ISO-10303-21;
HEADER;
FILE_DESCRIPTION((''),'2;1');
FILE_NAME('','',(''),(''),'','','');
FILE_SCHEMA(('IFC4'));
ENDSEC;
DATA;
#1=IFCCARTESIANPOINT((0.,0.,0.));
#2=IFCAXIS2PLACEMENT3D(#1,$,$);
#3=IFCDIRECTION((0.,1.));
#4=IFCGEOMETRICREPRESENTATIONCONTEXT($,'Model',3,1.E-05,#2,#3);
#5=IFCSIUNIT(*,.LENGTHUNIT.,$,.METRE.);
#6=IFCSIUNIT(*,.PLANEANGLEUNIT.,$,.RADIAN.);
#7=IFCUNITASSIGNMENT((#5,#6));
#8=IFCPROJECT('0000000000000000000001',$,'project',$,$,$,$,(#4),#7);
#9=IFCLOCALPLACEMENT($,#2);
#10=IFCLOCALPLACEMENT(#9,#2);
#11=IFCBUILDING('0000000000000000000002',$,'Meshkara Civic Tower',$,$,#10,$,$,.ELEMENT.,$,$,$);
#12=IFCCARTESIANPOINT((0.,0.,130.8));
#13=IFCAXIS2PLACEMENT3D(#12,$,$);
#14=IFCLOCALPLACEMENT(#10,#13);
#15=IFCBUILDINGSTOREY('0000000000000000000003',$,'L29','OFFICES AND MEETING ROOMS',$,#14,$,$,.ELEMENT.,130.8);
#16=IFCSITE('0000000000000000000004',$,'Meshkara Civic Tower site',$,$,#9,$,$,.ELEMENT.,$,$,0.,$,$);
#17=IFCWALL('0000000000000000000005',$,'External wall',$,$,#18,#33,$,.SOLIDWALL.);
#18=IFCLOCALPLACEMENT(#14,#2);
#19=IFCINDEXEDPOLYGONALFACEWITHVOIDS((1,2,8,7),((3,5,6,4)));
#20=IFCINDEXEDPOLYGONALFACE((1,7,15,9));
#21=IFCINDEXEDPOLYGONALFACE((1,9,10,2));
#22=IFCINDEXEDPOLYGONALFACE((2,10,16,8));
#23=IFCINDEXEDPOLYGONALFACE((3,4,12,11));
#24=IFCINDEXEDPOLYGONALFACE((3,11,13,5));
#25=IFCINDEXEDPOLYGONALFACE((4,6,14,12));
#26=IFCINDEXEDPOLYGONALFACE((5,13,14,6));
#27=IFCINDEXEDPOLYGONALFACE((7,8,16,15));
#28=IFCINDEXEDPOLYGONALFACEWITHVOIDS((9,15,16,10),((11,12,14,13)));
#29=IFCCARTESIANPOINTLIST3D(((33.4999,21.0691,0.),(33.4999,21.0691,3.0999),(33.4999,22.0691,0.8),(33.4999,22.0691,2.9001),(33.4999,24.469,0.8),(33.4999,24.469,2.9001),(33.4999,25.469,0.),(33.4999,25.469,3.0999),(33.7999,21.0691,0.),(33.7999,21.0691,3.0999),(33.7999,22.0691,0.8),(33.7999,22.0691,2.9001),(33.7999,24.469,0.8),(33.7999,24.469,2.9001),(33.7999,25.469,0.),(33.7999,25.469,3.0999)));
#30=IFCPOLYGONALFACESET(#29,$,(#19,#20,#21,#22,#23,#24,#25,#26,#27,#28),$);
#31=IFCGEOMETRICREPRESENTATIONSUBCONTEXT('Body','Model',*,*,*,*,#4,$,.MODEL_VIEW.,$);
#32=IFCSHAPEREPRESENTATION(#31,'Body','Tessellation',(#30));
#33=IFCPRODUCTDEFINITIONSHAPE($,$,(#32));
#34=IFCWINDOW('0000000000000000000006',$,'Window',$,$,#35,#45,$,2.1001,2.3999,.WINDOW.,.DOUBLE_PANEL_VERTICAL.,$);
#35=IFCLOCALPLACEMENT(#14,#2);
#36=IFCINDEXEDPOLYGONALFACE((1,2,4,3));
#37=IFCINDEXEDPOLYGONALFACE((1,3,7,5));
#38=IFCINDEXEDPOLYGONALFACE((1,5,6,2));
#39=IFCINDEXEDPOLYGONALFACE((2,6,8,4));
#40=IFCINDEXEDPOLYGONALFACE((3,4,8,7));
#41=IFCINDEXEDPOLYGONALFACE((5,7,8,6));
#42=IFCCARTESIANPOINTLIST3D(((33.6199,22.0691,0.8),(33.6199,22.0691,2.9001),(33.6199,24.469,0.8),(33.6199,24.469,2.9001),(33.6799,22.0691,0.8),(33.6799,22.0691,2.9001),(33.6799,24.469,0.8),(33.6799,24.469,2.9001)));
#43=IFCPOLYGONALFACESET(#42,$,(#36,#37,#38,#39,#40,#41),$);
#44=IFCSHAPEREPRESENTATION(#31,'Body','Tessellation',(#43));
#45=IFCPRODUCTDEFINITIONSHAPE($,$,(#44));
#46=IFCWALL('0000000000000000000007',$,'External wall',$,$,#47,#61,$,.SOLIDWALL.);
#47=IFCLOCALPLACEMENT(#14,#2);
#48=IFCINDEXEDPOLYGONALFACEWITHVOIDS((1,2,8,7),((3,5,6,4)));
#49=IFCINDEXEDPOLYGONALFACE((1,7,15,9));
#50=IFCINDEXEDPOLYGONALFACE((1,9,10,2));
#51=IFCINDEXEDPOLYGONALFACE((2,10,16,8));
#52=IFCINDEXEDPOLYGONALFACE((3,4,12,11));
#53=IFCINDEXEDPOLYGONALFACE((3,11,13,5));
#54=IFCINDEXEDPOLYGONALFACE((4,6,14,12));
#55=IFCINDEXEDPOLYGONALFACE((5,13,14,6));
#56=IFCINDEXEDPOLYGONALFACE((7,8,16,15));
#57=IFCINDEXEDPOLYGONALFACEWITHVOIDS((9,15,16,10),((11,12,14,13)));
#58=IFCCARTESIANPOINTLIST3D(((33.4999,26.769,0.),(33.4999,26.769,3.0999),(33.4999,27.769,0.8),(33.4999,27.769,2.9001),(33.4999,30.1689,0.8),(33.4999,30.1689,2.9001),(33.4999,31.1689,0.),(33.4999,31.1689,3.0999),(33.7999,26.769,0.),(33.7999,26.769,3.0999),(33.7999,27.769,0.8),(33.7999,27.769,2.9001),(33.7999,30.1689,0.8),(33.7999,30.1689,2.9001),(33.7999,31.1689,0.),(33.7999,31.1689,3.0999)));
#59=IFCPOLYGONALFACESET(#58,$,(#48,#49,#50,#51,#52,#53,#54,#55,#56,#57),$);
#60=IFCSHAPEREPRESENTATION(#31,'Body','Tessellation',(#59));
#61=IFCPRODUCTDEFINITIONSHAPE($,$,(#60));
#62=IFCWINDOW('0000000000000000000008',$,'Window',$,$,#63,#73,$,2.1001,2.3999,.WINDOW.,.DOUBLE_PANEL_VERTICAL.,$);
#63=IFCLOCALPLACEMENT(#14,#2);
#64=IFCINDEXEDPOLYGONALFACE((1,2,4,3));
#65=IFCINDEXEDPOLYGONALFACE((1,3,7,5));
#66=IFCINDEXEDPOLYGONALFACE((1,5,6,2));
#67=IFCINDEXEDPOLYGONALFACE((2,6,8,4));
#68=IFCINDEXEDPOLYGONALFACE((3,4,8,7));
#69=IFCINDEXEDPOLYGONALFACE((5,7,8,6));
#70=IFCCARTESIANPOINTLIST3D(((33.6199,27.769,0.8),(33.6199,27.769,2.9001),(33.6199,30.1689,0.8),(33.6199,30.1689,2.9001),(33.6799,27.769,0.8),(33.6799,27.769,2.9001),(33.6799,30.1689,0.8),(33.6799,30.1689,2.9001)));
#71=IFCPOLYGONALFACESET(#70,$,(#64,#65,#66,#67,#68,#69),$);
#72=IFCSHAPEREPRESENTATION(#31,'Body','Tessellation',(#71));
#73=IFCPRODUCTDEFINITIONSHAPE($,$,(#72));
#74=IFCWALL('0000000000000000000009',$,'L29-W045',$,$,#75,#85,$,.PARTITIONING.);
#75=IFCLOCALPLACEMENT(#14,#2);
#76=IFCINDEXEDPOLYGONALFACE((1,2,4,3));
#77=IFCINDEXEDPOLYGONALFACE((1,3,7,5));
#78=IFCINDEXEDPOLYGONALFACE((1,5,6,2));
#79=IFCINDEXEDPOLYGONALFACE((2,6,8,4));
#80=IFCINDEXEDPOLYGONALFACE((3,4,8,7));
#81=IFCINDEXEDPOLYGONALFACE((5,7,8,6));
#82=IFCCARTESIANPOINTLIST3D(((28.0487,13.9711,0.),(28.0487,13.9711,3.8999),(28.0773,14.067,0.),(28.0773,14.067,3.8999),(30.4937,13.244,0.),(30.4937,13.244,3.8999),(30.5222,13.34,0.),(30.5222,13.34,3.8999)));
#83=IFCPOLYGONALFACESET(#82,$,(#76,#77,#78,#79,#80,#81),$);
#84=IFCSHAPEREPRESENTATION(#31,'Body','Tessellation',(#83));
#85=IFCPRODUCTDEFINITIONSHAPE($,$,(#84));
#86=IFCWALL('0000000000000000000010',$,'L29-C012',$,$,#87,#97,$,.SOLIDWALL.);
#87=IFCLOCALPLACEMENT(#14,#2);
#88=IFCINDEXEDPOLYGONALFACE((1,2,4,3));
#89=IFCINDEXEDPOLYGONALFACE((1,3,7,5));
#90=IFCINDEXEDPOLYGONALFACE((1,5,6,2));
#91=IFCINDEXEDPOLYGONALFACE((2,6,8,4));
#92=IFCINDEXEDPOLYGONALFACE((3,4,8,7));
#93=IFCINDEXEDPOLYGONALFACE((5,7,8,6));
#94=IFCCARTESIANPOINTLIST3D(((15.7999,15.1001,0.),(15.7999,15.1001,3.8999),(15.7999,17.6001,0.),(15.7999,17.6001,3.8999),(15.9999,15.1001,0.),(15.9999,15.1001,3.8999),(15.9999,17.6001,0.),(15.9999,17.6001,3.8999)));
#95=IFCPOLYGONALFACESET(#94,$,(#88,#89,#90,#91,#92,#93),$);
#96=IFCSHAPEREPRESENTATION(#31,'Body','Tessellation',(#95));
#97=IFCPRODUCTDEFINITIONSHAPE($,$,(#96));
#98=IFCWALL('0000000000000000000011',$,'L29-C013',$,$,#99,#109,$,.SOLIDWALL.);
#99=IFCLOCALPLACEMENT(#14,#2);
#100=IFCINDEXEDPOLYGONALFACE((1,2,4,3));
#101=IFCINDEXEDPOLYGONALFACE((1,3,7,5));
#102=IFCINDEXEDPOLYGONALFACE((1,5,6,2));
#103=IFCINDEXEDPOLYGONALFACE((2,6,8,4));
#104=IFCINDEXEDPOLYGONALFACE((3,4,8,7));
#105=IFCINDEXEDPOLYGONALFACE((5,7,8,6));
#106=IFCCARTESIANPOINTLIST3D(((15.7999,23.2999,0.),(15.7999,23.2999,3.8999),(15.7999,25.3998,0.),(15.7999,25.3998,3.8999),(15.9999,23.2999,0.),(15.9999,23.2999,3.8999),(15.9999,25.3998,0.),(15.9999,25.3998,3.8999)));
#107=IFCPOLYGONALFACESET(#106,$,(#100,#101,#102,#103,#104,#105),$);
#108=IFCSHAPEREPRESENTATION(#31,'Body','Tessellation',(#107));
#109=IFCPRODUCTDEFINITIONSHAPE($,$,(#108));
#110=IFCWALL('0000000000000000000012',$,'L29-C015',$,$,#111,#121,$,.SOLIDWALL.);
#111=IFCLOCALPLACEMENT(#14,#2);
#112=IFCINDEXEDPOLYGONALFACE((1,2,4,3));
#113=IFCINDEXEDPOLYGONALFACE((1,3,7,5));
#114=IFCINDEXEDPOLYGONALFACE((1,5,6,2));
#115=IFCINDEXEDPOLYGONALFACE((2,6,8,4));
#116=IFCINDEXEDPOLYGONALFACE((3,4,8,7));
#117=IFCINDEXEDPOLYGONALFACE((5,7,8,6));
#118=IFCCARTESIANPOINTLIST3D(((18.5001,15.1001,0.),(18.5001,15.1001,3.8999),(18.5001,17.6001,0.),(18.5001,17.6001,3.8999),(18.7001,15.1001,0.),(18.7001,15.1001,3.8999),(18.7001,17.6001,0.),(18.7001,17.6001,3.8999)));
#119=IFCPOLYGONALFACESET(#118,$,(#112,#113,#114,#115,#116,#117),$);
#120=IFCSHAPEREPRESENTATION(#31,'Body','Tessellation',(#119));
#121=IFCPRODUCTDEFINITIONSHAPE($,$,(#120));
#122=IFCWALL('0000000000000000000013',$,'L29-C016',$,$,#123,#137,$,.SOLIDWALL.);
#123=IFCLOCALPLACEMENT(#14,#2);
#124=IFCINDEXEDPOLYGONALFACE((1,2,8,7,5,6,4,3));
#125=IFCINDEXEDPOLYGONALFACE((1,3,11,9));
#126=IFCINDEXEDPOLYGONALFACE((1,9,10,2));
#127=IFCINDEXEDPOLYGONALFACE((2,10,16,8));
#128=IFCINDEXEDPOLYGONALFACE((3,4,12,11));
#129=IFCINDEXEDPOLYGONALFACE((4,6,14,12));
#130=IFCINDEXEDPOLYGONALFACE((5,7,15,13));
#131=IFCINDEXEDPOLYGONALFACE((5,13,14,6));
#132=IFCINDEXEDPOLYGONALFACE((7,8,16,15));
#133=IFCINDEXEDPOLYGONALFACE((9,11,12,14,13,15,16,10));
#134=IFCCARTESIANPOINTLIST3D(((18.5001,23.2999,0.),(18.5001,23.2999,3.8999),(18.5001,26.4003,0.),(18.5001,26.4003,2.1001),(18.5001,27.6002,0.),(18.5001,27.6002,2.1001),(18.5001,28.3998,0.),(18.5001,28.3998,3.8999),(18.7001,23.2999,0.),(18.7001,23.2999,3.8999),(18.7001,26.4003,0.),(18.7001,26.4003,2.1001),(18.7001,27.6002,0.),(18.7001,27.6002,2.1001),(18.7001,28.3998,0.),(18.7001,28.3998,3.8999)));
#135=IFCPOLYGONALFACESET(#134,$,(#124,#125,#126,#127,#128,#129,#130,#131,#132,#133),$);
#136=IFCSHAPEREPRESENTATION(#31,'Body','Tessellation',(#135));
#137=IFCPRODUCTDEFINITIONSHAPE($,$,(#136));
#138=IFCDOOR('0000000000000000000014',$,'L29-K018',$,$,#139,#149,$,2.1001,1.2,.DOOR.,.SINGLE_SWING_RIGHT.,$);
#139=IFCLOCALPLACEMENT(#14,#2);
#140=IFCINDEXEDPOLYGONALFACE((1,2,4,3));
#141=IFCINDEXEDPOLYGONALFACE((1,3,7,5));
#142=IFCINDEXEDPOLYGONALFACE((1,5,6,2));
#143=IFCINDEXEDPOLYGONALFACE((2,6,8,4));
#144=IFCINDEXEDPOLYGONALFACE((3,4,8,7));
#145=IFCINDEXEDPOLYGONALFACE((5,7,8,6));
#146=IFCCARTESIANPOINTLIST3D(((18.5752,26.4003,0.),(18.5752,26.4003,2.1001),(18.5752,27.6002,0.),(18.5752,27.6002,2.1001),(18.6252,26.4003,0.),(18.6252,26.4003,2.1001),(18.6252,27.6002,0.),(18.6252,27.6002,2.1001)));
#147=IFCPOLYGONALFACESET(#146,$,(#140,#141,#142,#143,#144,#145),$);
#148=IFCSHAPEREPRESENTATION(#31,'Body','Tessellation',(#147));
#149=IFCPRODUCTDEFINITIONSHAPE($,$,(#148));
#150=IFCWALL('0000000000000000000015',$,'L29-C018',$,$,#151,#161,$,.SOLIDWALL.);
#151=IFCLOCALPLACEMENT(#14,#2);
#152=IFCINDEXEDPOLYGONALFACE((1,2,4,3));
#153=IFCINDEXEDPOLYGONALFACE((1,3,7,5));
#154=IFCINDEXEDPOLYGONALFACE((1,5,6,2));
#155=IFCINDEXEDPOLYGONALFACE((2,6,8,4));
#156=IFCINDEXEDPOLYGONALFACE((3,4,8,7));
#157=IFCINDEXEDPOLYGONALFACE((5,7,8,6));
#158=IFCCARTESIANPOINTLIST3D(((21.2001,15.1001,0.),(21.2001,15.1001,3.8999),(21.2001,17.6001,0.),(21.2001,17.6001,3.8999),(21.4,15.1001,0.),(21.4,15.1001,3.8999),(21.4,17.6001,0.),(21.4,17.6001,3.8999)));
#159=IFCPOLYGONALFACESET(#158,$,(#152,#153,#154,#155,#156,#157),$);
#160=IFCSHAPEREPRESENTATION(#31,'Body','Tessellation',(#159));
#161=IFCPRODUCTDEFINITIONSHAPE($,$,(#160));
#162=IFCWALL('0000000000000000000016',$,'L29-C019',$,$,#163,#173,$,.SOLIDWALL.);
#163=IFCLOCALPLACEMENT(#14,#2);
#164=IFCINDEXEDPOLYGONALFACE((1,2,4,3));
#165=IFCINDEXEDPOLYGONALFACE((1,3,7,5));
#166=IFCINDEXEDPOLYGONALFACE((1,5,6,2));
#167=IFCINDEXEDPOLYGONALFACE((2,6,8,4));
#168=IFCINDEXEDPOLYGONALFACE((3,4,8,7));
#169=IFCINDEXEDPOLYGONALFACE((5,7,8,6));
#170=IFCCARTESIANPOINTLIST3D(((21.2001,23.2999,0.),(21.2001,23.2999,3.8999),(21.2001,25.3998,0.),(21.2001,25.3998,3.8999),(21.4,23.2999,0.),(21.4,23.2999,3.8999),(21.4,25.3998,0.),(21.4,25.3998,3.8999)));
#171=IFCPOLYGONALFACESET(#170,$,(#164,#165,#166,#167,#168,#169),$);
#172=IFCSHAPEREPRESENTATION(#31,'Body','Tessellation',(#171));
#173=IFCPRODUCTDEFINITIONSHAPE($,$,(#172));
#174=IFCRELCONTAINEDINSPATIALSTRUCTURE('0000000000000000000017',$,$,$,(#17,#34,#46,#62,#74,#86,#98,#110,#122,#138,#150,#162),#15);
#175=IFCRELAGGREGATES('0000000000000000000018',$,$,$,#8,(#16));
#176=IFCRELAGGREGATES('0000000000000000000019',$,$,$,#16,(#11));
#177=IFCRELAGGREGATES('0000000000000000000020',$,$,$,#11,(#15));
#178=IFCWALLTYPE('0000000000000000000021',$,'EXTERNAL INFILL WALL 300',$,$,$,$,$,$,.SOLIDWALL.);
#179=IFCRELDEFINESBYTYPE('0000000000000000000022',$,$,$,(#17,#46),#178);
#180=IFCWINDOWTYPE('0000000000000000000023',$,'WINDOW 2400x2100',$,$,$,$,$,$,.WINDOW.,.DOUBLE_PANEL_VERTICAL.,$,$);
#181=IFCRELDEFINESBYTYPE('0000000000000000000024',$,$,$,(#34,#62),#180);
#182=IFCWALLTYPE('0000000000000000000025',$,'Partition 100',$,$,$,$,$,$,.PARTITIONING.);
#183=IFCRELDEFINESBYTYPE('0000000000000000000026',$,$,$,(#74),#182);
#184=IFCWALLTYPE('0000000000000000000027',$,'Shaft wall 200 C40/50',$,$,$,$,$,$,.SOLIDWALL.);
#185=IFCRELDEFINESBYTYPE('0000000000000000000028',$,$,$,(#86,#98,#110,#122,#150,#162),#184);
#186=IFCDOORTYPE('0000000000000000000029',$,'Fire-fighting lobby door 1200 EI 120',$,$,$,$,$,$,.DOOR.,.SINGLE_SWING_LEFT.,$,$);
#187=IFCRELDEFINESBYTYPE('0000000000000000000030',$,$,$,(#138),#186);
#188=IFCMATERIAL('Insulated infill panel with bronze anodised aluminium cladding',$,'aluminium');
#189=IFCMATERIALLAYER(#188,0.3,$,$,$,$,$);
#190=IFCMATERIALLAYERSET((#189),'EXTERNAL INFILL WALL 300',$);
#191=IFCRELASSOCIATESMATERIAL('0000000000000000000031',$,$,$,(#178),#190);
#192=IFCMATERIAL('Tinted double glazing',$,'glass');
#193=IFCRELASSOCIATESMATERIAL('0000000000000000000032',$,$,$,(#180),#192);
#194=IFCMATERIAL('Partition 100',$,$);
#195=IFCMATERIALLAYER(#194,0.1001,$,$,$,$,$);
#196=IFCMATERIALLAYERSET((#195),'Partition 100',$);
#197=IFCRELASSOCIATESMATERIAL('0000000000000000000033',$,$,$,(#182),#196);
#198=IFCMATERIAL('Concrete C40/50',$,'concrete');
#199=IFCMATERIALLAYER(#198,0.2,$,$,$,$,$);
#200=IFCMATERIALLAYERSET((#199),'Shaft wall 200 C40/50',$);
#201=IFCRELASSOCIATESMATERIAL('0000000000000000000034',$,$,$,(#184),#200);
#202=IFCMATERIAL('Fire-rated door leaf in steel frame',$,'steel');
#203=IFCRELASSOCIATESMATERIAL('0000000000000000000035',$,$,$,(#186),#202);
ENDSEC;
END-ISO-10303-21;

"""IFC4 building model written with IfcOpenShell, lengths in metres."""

from ifc_helpers import new_model, si_unit, direction, frame, frame_2d, origin, place, context, subcontext, project, spatial, rectangle, extrude, material, layer, layer_set, type_object, element, fill, save


model = new_model("IFC4")

# Units and contexts
model_context = context("Model", 3, precision=1e-05, world=origin(), true_north=direction((0.0, 1.0)))
body_context = subcontext(model_context, "Body", "Model", "MODEL_VIEW")
ifc_project = project(units=[si_unit("LENGTHUNIT", "METRE"), si_unit("PLANEANGLEUNIT", "RADIAN")], contexts=[model_context])

# Site, building, storey
site_placement = place(None, origin())
site = spatial("IfcSite", under=ifc_project, at=site_placement, Name="Meshkara Civic Tower site", CompositionType="ELEMENT", RefElevation=0.0)
building_placement = place(site_placement, origin())
building = spatial("IfcBuilding", under=site, at=building_placement, Name="Meshkara Civic Tower", CompositionType="ELEMENT")
storey_placement = place(building_placement, frame((0.0, 0.0, 130.8)))
storey = spatial("IfcBuildingStorey", under=building, at=storey_placement, Name="L29", Description="OFFICES AND MEETING ROOMS", CompositionType="ELEMENT", Elevation=130.8)

# Walls, openings, windows
ifc_material_1 = material(Name="Insulated infill panel with bronze anodised aluminium cladding", Category="aluminium")
ifc_layer_1 = layer(ifc_material_1, 0.3)
ifc_layer_set_1 = layer_set([ifc_layer_1], Name="EXTERNAL INFILL WALL 300")
wall_type_1 = type_object("IfcWallType", Name="EXTERNAL INFILL WALL 300", PredefinedType="SOLIDWALL", material=ifc_layer_set_1)
ifc_material_2 = material(Name="Tinted double glazing", Category="glass")
window_type = type_object("IfcWindowType", Name="WINDOW 2400x2100", PartitioningType="DOUBLE_PANEL_VERTICAL", PredefinedType="WINDOW", material=ifc_material_2)
wall_1_placement = place(storey_placement, frame((33.6499, 21.0691, 0.0), z_axis=(0.0, 0.0, 1.0), x_axis=(0.0, 1.0, 0.0)))
wall_1 = element("IfcWall", 1, at=wall_1_placement, inside=storey, type_object=wall_type_1, Name="External wall", PredefinedType="SOLIDWALL", context=body_context, shape_type="SweptSolid", body=[
    extrude(rectangle(XDim=4.3999, YDim=0.3, at=frame_2d((2.2, 0.0))), origin(), (0.0, 0.0, 1.0), 3.0999),
])
opening_1_placement = place(wall_1_placement, frame((1.0, 0.0, 0.8)))
opening_1 = element("IfcOpeningElement", 2, at=opening_1_placement, cuts=wall_1, PredefinedType="OPENING", context=body_context, shape_type="SweptSolid", body=[
    extrude(rectangle(XDim=2.3999, YDim=2.1001, at=frame_2d((1.2, 1.05))), frame((0.0, 0.1599, 0.0), z_axis=(0.0, -1.0, 0.0), x_axis=(1.0, 0.0, 0.0)), (0.0, 0.0, 1.0), 0.3201),
])
window_1_placement = place(opening_1_placement, origin())
window_1 = element("IfcWindow", 3, at=window_1_placement, inside=storey, type_object=window_type, Name="Window", OverallHeight=2.1001, OverallWidth=2.3999, PartitioningType="DOUBLE_PANEL_VERTICAL", PredefinedType="WINDOW", context=body_context, shape_type="SweptSolid", body=[
    extrude(rectangle(XDim=2.3999, YDim=2.1001, at=frame_2d((1.2, 1.05))), frame((0.0, 0.03, 0.0), z_axis=(0.0, -1.0, 0.0), x_axis=(1.0, 0.0, 0.0)), (0.0, 0.0, 1.0), 0.0601),
])
fill(opening_1, window_1)
wall_2_placement = place(storey_placement, frame((33.6499, 26.769, 0.0), z_axis=(0.0, 0.0, 1.0), x_axis=(0.0, 1.0, 0.0)))
wall_2 = element("IfcWall", 4, at=wall_2_placement, inside=storey, type_object=wall_type_1, Name="External wall", PredefinedType="SOLIDWALL", context=body_context, shape_type="SweptSolid", body=[
    extrude(rectangle(XDim=4.3999, YDim=0.3, at=frame_2d((2.2, 0.0))), origin(), (0.0, 0.0, 1.0), 3.0999),
])
opening_2_placement = place(wall_2_placement, frame((1.0, 0.0, 0.8)))
opening_2 = element("IfcOpeningElement", 5, at=opening_2_placement, cuts=wall_2, PredefinedType="OPENING", context=body_context, shape_type="SweptSolid", body=[
    extrude(rectangle(XDim=2.3999, YDim=2.1001, at=frame_2d((1.2, 1.05))), frame((0.0, 0.1599, 0.0), z_axis=(0.0, -1.0, 0.0), x_axis=(1.0, 0.0, 0.0)), (0.0, 0.0, 1.0), 0.3201),
])
window_2_placement = place(opening_2_placement, origin())
window_2 = element("IfcWindow", 6, at=window_2_placement, inside=storey, type_object=window_type, Name="Window", OverallHeight=2.1001, OverallWidth=2.3999, PartitioningType="DOUBLE_PANEL_VERTICAL", PredefinedType="WINDOW", context=body_context, shape_type="SweptSolid", body=[
    extrude(rectangle(XDim=2.3999, YDim=2.1001, at=frame_2d((1.2, 1.05))), frame((0.0, 0.03, 0.0), z_axis=(0.0, -1.0, 0.0), x_axis=(1.0, 0.0, 0.0)), (0.0, 0.0, 1.0), 0.0601),
])
fill(opening_2, window_2)

# Walls
ifc_material_3 = material(Name="Partition 100")
ifc_layer_2 = layer(ifc_material_3, 0.1001)
ifc_layer_set_2 = layer_set([ifc_layer_2], Name="Partition 100")
wall_type_2 = type_object("IfcWallType", Name="Partition 100", PredefinedType="PARTITIONING", material=ifc_layer_set_2)
wall_3_placement = place(storey_placement, frame((28.063, 14.019, 0.0), z_axis=(0.0, 0.0, 1.0), x_axis=(0.958522, -0.28502, 0.0)))
element("IfcWall", 7, at=wall_3_placement, inside=storey, type_object=wall_type_2, Name="L29-W045", PredefinedType="PARTITIONING", context=body_context, shape_type="SweptSolid", body=[
    extrude(rectangle(XDim=2.5508, YDim=0.1001, at=frame_2d((1.2754, 0.0))), origin(), (0.0, 0.0, 1.0), 3.8999),
])
ifc_material_4 = material(Name="Concrete C40/50", Category="concrete")
ifc_layer_3 = layer(ifc_material_4, 0.2)
ifc_layer_set_3 = layer_set([ifc_layer_3], Name="Shaft wall 200 C40/50")
wall_type_3 = type_object("IfcWallType", Name="Shaft wall 200 C40/50", PredefinedType="SOLIDWALL", material=ifc_layer_set_3)
wall_4_placement = place(storey_placement, frame((15.8999, 15.1001, 0.0), z_axis=(0.0, 0.0, 1.0), x_axis=(0.0, 1.0, 0.0)))
element("IfcWall", 8, at=wall_4_placement, inside=storey, type_object=wall_type_3, Name="L29-C012", PredefinedType="SOLIDWALL", context=body_context, shape_type="SweptSolid", body=[
    extrude(rectangle(XDim=2.5, YDim=0.2, at=frame_2d((1.25, 0.0))), origin(), (0.0, 0.0, 1.0), 3.8999),
])
wall_5_placement = place(storey_placement, frame((15.8999, 23.3, 0.0), z_axis=(0.0, 0.0, 1.0), x_axis=(0.0, 1.0, 0.0)))
element("IfcWall", 9, at=wall_5_placement, inside=storey, type_object=wall_type_3, Name="L29-C013", PredefinedType="SOLIDWALL", context=body_context, shape_type="SweptSolid", body=[
    extrude(rectangle(XDim=2.0999, YDim=0.2, at=frame_2d((1.0498, 0.0))), origin(), (0.0, 0.0, 1.0), 3.8999),
])
wall_6_placement = place(storey_placement, frame((18.6001, 15.1001, 0.0), z_axis=(0.0, 0.0, 1.0), x_axis=(0.0, 1.0, 0.0)))
element("IfcWall", 10, at=wall_6_placement, inside=storey, type_object=wall_type_3, Name="L29-C015", PredefinedType="SOLIDWALL", context=body_context, shape_type="SweptSolid", body=[
    extrude(rectangle(XDim=2.5, YDim=0.2, at=frame_2d((1.25, 0.0))), origin(), (0.0, 0.0, 1.0), 3.8999),
])

# Wall, opening, door
wall_7_placement = place(storey_placement, frame((18.6001, 23.3, 0.0), z_axis=(0.0, 0.0, 1.0), x_axis=(0.0, 1.0, 0.0)))
wall_7 = element("IfcWall", 11, at=wall_7_placement, inside=storey, type_object=wall_type_3, Name="L29-C016", PredefinedType="SOLIDWALL", context=body_context, shape_type="SweptSolid", body=[
    extrude(rectangle(XDim=5.0999, YDim=0.2, at=frame_2d((2.5498, 0.0))), origin(), (0.0, 0.0, 1.0), 3.8999),
])
opening_3_placement = place(wall_7_placement, frame((3.1001, 0.0, 0.0)))
opening_3 = element("IfcOpeningElement", 12, at=opening_3_placement, cuts=wall_7, PredefinedType="OPENING", context=body_context, shape_type="SweptSolid", body=[
    extrude(rectangle(XDim=1.2, YDim=2.1001, at=frame_2d((0.6001, 1.05))), frame((0.0, 0.1099, 0.0), z_axis=(0.0, -1.0, 0.0), x_axis=(1.0, 0.0, 0.0)), (0.0, 0.0, 1.0), 0.22),
])
ifc_material_5 = material(Name="Fire-rated door leaf in steel frame", Category="steel")
door_type = type_object("IfcDoorType", Name="Fire-fighting lobby door 1200 EI 120", OperationType="SINGLE_SWING_LEFT", PredefinedType="DOOR", material=ifc_material_5)
door_placement = place(opening_3_placement, origin())
door = element("IfcDoor", 13, at=door_placement, inside=storey, type_object=door_type, Name="L29-K018", OperationType="SINGLE_SWING_RIGHT", OverallHeight=2.1001, OverallWidth=1.2, PredefinedType="DOOR", context=body_context, shape_type="SweptSolid", body=[
    extrude(rectangle(XDim=1.2, YDim=2.1001, at=frame_2d((0.6001, 1.05))), frame((0.0, 0.0249, 0.0), z_axis=(0.0, -1.0, 0.0), x_axis=(1.0, 0.0, 0.0)), (0.0, 0.0, 1.0), 0.05),
])
fill(opening_3, door)

# Walls
wall_8_placement = place(storey_placement, frame((21.3, 15.1001, 0.0), z_axis=(0.0, 0.0, 1.0), x_axis=(0.0, 1.0, 0.0)))
element("IfcWall", 14, at=wall_8_placement, inside=storey, type_object=wall_type_3, Name="L29-C018", PredefinedType="SOLIDWALL", context=body_context, shape_type="SweptSolid", body=[
    extrude(rectangle(XDim=2.5, YDim=0.2, at=frame_2d((1.25, 0.0))), origin(), (0.0, 0.0, 1.0), 3.8999),
])
wall_9_placement = place(storey_placement, frame((21.3, 23.3, 0.0), z_axis=(0.0, 0.0, 1.0), x_axis=(0.0, 1.0, 0.0)))
element("IfcWall", 15, at=wall_9_placement, inside=storey, type_object=wall_type_3, Name="L29-C019", PredefinedType="SOLIDWALL", context=body_context, shape_type="SweptSolid", body=[
    extrude(rectangle(XDim=2.0999, YDim=0.2, at=frame_2d((1.0498, 0.0))), origin(), (0.0, 0.0, 1.0), 3.8999),
])

save(model, "model.ifc")
